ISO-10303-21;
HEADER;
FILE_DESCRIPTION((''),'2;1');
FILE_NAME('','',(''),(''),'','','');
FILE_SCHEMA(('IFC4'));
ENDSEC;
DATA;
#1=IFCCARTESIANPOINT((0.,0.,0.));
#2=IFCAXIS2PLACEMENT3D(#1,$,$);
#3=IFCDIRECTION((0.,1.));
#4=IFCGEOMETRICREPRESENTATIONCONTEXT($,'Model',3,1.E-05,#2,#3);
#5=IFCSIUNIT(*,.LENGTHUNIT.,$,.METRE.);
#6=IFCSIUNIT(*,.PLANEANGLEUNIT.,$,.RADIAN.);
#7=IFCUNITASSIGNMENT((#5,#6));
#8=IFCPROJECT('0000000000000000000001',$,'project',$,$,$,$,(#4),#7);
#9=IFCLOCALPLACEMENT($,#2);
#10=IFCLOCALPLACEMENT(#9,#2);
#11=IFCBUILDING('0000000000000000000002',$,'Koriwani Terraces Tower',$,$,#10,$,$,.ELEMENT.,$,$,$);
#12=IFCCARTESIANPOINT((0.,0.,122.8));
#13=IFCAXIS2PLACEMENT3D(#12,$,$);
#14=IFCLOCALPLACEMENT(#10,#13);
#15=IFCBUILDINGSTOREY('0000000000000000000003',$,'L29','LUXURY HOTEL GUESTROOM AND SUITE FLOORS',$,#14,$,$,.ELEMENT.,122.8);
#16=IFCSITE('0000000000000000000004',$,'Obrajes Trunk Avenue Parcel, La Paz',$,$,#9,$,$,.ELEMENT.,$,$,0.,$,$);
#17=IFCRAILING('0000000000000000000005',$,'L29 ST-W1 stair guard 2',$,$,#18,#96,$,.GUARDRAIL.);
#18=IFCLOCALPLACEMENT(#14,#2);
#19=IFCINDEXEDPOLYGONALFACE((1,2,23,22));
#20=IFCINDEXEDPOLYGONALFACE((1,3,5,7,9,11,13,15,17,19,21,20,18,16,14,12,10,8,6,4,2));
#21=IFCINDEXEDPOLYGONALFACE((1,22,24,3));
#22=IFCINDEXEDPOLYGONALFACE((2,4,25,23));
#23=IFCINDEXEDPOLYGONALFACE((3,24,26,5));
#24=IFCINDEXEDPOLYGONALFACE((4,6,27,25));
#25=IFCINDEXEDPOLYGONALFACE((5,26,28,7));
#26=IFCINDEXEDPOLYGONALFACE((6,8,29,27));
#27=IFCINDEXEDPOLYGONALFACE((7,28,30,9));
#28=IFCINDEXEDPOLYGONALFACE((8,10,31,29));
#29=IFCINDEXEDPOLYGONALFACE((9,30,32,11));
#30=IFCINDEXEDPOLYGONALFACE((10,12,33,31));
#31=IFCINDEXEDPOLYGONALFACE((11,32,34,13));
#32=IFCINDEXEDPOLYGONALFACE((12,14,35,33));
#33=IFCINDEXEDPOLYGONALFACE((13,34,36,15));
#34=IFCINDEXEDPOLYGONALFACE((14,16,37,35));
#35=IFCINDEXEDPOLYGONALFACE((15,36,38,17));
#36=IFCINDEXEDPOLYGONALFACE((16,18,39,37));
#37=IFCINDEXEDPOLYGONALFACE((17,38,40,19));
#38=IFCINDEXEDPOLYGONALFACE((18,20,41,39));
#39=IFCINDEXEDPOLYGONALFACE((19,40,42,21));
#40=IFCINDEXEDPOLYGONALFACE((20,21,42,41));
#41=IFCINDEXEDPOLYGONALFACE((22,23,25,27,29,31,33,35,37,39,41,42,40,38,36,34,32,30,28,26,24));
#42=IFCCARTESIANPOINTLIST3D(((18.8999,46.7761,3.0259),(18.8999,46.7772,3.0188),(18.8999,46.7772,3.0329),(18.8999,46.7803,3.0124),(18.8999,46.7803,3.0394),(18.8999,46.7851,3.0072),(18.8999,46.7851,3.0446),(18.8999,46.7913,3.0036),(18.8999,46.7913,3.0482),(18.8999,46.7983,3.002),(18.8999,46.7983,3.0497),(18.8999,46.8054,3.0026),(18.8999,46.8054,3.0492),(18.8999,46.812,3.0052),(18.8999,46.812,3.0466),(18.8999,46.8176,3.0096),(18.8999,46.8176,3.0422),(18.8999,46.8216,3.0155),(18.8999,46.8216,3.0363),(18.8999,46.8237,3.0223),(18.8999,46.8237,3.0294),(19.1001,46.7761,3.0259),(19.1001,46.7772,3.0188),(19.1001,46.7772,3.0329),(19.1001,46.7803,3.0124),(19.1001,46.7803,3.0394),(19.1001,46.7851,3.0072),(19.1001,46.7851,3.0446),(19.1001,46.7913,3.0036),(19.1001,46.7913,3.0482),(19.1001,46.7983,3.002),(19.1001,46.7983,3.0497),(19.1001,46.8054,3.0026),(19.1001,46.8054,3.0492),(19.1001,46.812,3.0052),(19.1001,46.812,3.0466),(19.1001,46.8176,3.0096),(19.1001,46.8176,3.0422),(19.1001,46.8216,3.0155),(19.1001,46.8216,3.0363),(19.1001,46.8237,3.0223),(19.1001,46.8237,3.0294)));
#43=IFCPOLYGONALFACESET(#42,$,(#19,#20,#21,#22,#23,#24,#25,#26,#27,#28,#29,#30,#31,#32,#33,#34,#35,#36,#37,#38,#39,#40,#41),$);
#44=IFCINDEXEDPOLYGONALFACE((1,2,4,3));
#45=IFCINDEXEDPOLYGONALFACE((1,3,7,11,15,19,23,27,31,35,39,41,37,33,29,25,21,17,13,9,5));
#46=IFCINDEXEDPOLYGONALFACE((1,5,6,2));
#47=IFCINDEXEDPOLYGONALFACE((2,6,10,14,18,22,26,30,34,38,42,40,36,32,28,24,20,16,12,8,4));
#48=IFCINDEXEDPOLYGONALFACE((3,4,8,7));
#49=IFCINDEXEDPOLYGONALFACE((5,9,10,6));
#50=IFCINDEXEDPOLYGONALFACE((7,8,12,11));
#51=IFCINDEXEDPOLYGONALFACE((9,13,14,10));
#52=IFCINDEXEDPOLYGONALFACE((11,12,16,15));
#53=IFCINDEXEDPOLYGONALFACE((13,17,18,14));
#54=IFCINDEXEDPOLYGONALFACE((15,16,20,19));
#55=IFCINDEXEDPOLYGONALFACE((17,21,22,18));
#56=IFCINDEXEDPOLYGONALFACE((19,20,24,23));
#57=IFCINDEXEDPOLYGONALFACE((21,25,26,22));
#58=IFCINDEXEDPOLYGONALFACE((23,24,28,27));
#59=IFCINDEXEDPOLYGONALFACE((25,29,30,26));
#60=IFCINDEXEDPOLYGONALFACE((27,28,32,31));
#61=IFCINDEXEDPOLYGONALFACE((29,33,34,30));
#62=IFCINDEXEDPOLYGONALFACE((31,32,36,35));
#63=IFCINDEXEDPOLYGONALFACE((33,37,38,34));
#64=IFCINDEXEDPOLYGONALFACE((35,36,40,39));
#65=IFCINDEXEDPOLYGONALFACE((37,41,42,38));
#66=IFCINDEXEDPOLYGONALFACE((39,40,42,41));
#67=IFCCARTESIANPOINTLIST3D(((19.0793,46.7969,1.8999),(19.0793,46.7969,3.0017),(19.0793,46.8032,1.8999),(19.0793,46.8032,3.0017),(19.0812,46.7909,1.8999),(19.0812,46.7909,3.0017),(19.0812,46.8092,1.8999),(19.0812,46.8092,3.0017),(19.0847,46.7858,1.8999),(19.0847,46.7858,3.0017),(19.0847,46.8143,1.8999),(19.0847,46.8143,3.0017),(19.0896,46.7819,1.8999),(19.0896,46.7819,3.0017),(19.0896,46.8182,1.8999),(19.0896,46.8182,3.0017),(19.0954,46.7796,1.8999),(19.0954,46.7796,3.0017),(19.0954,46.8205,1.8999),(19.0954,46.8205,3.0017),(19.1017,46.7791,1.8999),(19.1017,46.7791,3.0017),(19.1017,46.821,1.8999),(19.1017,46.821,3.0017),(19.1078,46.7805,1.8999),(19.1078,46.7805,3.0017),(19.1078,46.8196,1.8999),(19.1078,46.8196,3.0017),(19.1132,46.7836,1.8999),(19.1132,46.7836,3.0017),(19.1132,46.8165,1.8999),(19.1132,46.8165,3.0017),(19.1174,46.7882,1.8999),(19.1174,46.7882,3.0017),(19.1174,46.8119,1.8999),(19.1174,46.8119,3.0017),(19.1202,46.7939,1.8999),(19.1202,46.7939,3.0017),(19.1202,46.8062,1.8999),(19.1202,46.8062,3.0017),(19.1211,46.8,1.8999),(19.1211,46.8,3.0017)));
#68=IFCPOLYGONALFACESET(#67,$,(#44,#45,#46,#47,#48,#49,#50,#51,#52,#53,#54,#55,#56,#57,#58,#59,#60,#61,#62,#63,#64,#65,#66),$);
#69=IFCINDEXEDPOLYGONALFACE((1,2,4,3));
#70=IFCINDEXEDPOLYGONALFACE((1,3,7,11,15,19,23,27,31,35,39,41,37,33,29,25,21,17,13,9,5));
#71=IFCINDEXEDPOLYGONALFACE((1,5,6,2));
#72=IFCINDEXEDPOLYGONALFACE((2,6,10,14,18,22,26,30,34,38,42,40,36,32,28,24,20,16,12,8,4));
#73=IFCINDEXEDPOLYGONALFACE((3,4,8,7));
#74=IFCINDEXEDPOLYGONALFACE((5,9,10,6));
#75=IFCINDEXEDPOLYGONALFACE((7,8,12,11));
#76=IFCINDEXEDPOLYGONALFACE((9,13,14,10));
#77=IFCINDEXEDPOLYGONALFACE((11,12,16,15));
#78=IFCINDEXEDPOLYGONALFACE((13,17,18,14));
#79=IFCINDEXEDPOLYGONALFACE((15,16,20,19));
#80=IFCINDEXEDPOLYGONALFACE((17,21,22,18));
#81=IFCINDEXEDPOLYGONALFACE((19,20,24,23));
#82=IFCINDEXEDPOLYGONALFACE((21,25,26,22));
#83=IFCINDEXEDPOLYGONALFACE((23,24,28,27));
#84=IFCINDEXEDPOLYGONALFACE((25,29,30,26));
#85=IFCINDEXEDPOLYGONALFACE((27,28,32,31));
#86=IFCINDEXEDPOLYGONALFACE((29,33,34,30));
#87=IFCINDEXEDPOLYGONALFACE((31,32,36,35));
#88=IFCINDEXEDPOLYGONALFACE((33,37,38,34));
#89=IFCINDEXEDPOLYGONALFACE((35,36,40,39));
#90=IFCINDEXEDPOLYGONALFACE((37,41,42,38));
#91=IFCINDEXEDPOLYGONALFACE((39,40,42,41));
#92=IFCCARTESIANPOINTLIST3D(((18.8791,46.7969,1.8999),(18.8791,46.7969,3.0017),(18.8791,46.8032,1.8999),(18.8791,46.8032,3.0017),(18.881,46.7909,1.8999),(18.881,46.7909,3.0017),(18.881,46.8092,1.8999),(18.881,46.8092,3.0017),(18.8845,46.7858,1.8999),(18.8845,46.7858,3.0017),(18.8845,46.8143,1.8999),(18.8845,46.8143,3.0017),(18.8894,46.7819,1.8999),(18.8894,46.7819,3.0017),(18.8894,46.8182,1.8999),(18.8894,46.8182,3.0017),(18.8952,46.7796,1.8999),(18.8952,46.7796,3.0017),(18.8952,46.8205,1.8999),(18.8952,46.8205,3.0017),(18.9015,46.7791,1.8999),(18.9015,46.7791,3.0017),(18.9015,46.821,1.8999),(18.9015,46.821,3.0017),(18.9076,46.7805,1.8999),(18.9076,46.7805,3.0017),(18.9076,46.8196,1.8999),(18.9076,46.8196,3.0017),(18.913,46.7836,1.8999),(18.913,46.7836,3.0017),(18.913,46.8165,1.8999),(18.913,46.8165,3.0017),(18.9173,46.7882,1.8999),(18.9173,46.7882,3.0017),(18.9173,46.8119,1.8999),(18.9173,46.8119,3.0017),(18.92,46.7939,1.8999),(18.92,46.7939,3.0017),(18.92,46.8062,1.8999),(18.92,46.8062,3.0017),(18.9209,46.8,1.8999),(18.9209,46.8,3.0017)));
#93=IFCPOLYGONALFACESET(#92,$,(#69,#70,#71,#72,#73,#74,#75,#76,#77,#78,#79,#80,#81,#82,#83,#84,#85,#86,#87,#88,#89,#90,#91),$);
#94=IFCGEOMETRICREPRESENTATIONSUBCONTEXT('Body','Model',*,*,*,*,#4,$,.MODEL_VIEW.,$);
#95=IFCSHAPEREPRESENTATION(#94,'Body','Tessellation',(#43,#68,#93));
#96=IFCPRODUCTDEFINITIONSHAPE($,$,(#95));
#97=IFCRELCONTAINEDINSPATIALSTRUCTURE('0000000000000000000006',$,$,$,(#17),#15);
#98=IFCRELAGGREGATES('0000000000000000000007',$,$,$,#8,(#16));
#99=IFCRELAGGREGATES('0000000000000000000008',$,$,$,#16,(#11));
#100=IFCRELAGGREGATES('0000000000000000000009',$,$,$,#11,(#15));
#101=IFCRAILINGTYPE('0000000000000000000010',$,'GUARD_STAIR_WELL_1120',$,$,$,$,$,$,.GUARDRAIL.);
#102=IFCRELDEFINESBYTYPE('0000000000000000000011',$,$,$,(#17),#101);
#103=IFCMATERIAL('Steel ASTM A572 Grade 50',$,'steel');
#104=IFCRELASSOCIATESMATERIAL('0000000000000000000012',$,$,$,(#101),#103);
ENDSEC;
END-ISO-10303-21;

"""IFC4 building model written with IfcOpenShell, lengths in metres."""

from ifc_helpers import new_model, si_unit, direction, frame, origin, origin_2d, place, context, subcontext, project, spatial, circle, extrude, material, type_object, element, save


model = new_model("IFC4")

# Units and contexts
model_context = context("Model", 3, precision=1e-05, world=origin(), true_north=direction((0.0, 1.0)))
body_context = subcontext(model_context, "Body", "Model", "MODEL_VIEW")
ifc_project = project(units=[si_unit("LENGTHUNIT", "METRE"), si_unit("PLANEANGLEUNIT", "RADIAN")], contexts=[model_context])

# Site, building, storey
site_placement = place(None, origin())
site = spatial("IfcSite", under=ifc_project, at=site_placement, Name="Obrajes Trunk Avenue Parcel, La Paz", CompositionType="ELEMENT", RefElevation=0.0)
building_placement = place(site_placement, origin())
building = spatial("IfcBuilding", under=site, at=building_placement, Name="Koriwani Terraces Tower", CompositionType="ELEMENT")
storey_placement = place(building_placement, frame((0.0, 0.0, 122.8)))
storey = spatial("IfcBuildingStorey", under=building, at=storey_placement, Name="L29", Description="LUXURY HOTEL GUESTROOM AND SUITE FLOORS", CompositionType="ELEMENT", Elevation=122.8)

# Shared definitions
ifc_material_1 = material(Name="Steel ASTM A572 Grade 50", Category="steel")

# Railing
railing_type_1 = type_object("IfcRailingType", Name="GUARD_STAIR_WELL_1120", PredefinedType="GUARDRAIL", material=ifc_material_1)
railing_1_placement = place(storey_placement, frame((19.1001, 46.8, 1.8999)))
element("IfcRailing", 1, at=railing_1_placement, inside=storey, type_object=railing_type_1, Name="L29 ST-W1 stair guard 2", PredefinedType="GUARDRAIL", context=body_context, shape_type="SweptSolid", body=[
    extrude(circle(Radius=0.0239, at=origin_2d()), frame((0.0, 0.0, 1.126), z_axis=(-1.0, 0.0, 0.0), x_axis=(0.0, -1.0, 0.0)), (0.0, 0.0, 1.0), 0.2002),
    extrude(circle(Radius=0.021, at=origin_2d()), origin(), (0.0, 0.0, 1.0), 1.1018),
    extrude(circle(Radius=0.021, at=origin_2d()), frame((-0.2002, 0.0, 0.0)), (0.0, 0.0, 1.0), 1.1018),
])

save(model, "model.ifc")
